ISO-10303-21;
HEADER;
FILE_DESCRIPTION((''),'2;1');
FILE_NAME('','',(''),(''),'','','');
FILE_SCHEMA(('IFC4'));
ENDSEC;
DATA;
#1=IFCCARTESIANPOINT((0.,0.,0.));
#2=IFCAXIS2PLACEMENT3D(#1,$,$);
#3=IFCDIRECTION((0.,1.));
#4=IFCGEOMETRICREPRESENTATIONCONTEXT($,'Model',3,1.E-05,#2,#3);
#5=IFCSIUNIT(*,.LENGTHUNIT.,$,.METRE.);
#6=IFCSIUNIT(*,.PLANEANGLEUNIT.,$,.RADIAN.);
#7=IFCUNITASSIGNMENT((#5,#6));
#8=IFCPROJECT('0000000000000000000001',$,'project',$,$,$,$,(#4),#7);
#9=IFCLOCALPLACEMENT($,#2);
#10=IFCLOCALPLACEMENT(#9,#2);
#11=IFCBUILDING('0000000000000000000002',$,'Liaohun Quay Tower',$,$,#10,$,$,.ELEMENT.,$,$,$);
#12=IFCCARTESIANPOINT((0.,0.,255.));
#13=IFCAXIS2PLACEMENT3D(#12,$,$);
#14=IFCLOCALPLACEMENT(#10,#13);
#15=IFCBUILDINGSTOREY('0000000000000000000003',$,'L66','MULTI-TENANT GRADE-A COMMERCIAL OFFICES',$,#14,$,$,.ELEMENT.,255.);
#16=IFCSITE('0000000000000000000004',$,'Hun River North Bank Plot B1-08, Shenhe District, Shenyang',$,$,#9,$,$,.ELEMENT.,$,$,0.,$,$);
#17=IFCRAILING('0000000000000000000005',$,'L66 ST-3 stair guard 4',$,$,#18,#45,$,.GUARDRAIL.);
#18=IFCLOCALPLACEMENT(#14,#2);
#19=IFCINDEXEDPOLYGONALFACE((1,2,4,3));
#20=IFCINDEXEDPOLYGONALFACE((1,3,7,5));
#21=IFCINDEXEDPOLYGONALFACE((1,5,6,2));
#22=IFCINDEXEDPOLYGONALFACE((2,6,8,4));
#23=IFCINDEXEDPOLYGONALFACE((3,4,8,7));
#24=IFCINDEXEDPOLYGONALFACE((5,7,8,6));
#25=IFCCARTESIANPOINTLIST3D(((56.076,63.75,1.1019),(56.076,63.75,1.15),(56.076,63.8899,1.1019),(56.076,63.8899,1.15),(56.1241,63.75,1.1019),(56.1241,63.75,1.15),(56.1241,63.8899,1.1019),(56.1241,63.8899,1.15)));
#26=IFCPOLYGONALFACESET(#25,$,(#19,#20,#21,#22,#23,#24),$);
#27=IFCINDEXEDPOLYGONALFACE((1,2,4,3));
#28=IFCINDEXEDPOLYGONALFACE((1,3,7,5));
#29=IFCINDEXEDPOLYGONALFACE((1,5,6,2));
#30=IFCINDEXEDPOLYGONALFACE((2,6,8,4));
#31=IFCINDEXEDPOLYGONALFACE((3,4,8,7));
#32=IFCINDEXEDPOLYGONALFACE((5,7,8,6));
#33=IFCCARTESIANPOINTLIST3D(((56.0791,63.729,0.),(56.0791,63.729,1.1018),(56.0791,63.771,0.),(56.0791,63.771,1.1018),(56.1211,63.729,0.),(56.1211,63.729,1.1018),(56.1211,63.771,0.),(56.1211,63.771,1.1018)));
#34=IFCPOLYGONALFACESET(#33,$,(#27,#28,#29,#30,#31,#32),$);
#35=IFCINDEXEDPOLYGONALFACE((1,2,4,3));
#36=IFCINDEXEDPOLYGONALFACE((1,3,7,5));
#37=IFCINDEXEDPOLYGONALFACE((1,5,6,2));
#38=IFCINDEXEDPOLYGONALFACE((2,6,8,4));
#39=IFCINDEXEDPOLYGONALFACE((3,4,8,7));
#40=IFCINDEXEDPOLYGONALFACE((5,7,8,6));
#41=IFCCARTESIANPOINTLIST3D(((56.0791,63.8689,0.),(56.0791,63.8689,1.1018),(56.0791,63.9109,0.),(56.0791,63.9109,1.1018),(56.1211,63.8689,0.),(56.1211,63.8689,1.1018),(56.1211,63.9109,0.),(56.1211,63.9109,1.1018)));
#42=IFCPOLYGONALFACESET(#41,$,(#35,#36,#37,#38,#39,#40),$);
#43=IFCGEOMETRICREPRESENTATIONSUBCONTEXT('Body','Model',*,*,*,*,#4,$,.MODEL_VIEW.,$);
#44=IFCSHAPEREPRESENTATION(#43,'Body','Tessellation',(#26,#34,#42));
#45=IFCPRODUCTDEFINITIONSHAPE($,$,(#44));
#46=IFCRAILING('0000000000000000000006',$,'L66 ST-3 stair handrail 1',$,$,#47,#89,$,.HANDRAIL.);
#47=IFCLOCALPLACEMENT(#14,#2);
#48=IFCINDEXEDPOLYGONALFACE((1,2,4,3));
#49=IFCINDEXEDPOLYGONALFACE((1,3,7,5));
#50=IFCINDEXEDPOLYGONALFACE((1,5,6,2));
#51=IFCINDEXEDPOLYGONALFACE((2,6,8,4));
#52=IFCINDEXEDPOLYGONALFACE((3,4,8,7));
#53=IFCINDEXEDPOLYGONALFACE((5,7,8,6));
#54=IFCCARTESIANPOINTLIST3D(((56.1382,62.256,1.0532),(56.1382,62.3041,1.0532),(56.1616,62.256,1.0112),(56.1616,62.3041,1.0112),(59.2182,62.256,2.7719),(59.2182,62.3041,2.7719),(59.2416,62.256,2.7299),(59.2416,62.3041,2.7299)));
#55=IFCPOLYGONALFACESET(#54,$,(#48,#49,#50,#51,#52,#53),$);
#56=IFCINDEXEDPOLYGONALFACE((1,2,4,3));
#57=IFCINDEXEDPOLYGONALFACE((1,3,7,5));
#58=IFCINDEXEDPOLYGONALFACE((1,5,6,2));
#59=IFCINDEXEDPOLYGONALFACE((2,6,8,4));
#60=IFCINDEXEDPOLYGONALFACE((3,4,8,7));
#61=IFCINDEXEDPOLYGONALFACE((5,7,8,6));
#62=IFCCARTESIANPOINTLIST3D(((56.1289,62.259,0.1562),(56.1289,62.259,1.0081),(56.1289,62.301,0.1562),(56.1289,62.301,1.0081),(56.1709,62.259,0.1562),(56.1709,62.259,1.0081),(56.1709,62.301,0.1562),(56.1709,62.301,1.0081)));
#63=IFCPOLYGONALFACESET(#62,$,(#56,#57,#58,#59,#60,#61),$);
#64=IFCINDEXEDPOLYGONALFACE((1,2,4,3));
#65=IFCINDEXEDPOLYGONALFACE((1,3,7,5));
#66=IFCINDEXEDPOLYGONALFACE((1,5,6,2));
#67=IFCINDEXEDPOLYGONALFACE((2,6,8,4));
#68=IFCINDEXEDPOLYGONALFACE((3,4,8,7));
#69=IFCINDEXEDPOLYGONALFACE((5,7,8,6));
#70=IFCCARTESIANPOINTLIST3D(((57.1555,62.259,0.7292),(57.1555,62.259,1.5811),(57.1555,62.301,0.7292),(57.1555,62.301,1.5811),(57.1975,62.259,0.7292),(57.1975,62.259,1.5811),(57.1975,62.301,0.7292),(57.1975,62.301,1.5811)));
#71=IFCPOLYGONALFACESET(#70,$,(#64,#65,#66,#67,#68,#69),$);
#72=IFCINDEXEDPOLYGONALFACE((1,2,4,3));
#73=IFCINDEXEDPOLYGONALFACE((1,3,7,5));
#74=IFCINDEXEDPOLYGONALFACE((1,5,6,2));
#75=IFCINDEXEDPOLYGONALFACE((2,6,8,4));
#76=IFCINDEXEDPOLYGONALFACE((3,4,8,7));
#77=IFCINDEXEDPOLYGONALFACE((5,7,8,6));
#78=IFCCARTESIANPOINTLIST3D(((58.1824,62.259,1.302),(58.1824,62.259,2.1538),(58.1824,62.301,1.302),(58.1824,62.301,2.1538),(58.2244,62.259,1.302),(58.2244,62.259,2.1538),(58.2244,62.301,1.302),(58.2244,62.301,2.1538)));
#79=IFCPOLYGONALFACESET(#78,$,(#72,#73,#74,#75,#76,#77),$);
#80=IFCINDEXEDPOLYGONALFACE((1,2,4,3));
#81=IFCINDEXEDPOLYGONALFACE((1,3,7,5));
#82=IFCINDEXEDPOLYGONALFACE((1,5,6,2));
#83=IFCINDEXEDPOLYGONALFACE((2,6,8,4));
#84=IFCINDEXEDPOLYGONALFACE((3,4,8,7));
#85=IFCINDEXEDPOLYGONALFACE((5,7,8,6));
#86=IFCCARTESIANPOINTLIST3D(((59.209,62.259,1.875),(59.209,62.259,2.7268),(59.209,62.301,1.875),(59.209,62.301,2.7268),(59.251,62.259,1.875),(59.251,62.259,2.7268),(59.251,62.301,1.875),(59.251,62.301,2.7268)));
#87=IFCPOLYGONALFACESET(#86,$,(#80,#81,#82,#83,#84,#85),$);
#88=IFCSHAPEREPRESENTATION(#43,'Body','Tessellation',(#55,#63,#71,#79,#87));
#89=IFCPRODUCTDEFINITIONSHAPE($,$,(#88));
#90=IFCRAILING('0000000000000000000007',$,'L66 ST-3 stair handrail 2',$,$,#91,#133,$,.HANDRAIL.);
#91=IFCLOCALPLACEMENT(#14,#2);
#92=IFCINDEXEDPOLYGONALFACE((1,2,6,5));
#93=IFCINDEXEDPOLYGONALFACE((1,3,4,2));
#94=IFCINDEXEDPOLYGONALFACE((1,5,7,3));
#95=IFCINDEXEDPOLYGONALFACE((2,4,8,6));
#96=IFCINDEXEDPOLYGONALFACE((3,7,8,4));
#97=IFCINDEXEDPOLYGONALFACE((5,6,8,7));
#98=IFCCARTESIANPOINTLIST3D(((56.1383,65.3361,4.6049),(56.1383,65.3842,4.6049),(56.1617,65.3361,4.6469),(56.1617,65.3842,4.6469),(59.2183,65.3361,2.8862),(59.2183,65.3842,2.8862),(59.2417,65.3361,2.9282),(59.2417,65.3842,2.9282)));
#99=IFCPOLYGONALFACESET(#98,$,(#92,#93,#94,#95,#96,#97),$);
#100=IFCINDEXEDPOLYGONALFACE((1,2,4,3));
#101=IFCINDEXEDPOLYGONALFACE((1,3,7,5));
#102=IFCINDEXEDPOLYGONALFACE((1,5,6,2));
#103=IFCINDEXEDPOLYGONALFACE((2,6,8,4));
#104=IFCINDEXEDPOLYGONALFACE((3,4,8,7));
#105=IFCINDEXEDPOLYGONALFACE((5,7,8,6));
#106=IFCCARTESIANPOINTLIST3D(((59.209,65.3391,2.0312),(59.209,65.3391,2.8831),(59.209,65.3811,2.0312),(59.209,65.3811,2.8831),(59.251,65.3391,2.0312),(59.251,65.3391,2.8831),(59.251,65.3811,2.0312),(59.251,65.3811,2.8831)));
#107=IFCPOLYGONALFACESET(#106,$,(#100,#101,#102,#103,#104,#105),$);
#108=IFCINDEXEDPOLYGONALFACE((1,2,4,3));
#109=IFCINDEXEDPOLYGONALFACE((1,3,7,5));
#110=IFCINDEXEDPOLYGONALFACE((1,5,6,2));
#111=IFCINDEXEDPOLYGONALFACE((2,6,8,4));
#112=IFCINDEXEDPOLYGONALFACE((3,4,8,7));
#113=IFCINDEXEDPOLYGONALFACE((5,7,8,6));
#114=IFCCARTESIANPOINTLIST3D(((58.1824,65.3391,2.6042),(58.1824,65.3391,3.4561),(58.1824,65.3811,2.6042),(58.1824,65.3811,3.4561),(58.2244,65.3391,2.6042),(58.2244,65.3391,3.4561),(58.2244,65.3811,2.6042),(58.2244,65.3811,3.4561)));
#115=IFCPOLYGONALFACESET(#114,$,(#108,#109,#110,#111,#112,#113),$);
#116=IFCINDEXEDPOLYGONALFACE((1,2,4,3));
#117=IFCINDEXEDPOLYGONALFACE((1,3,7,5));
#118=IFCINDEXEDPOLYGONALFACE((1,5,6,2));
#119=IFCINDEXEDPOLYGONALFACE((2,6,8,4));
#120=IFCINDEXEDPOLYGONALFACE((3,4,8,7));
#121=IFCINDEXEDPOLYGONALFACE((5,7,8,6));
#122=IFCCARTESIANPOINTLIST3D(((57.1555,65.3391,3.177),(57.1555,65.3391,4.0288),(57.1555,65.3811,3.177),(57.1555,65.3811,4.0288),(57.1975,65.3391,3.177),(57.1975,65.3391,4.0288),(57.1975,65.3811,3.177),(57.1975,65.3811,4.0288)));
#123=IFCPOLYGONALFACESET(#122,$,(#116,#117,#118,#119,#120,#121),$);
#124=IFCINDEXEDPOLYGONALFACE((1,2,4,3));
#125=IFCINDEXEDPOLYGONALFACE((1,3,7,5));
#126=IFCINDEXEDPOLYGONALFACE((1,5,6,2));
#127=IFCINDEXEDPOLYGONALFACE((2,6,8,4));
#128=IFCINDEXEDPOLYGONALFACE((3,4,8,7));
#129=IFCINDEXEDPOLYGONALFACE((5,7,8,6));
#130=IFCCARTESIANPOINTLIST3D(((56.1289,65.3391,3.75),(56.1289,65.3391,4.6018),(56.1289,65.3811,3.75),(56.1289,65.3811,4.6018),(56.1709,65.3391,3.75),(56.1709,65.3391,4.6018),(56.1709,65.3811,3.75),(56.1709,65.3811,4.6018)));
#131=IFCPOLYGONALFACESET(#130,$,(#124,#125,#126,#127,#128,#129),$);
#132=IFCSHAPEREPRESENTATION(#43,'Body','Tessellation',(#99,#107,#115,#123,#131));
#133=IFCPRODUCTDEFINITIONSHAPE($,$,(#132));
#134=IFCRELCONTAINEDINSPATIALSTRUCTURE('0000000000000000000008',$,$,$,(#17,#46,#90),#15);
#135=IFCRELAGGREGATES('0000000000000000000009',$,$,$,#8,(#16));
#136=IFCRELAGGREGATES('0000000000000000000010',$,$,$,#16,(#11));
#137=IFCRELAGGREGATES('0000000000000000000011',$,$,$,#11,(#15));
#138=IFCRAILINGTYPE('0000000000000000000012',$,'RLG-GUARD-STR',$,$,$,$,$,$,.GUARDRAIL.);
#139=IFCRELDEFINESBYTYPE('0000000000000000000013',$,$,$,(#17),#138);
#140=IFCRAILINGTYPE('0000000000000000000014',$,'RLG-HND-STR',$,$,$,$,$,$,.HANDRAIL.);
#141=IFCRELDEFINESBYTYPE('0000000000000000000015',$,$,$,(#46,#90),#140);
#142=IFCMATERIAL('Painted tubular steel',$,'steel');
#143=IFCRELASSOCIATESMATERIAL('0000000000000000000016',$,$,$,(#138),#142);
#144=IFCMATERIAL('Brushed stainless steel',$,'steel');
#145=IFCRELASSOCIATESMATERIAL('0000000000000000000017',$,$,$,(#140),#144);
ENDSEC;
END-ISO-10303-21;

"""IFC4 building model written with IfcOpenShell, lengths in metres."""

from ifc_helpers import new_model, si_unit, direction, frame, origin, origin_2d, place, context, subcontext, project, spatial, rectangle, extrude, material, type_object, element, save


model = new_model("IFC4")

# Units and contexts
model_context = context("Model", 3, precision=1e-05, world=origin(), true_north=direction((0.0, 1.0)))
body_context = subcontext(model_context, "Body", "Model", "MODEL_VIEW")
ifc_project = project(units=[si_unit("LENGTHUNIT", "METRE"), si_unit("PLANEANGLEUNIT", "RADIAN")], contexts=[model_context])

# Site, building, storey
site_placement = place(None, origin())
site = spatial("IfcSite", under=ifc_project, at=site_placement, Name="Hun River North Bank Plot B1-08, Shenhe District, Shenyang", CompositionType="ELEMENT", RefElevation=0.0)
building_placement = place(site_placement, origin())
building = spatial("IfcBuilding", under=site, at=building_placement, Name="Liaohun Quay Tower", CompositionType="ELEMENT")
storey_placement = place(building_placement, frame((0.0, 0.0, 255.0)))
storey = spatial("IfcBuildingStorey", under=building, at=storey_placement, Name="L66", Description="MULTI-TENANT GRADE-A COMMERCIAL OFFICES", CompositionType="ELEMENT", Elevation=255.0)

# Railings
ifc_material_1 = material(Name="Painted tubular steel", Category="steel")
railing_type_1 = type_object("IfcRailingType", Name="RLG-GUARD-STR", PredefinedType="GUARDRAIL", material=ifc_material_1)
railing_1_placement = place(storey_placement, frame((56.1001, 63.75, 0.0)))
element("IfcRailing", 1, at=railing_1_placement, inside=storey, type_object=railing_type_1, Name="L66 ST-3 stair guard 4", PredefinedType="GUARDRAIL", context=body_context, shape_type="SweptSolid", body=[
    extrude(rectangle(XDim=0.0481, YDim=0.0481, at=origin_2d()), frame((0.0, 0.0, 1.126), z_axis=(0.0, 1.0, 0.0), x_axis=(-1.0, 0.0, 0.0)), (0.0, 0.0, 1.0), 0.1399),
    extrude(rectangle(XDim=0.042, YDim=0.042, at=origin_2d()), origin(), (0.0, 0.0, 1.0), 1.1018),
    extrude(rectangle(XDim=0.042, YDim=0.042, at=origin_2d()), frame((0.0, 0.1399, 0.0)), (0.0, 0.0, 1.0), 1.1018),
])
ifc_material_2 = material(Name="Brushed stainless steel", Category="steel")
railing_type_2 = type_object("IfcRailingType", Name="RLG-HND-STR", PredefinedType="HANDRAIL", material=ifc_material_2)
railing_2_placement = place(storey_placement, frame((56.1499, 62.28, 0.1562)))
element("IfcRailing", 2, at=railing_2_placement, inside=storey, type_object=railing_type_2, Name="L66 ST-3 stair handrail 1", PredefinedType="HANDRAIL", context=body_context, shape_type="SweptSolid", body=[
    extrude(rectangle(XDim=0.0481, YDim=0.0481, at=origin_2d()), frame((0.0, 0.0, 0.876), z_axis=(0.873242, 0.0, 0.487288), x_axis=(0.0, 1.0, 0.0)), (0.0, 0.0, 1.0), 3.5271),
    extrude(rectangle(XDim=0.042, YDim=0.042, at=origin_2d()), origin(), (0.0, 0.0, 1.0), 0.8518),
    extrude(rectangle(XDim=0.042, YDim=0.042, at=origin_2d()), frame((1.0266, 0.0, 0.573)), (0.0, 0.0, 1.0), 0.8518),
    extrude(rectangle(XDim=0.042, YDim=0.042, at=origin_2d()), frame((2.0535, 0.0, 1.1458)), (0.0, 0.0, 1.0), 0.8518),
    extrude(rectangle(XDim=0.042, YDim=0.042, at=origin_2d()), frame((3.0801, 0.0, 1.7188)), (0.0, 0.0, 1.0), 0.8518),
])
railing_3_placement = place(storey_placement, frame((59.23, 65.3601, 2.0312)))
element("IfcRailing", 3, at=railing_3_placement, inside=storey, type_object=railing_type_2, Name="L66 ST-3 stair handrail 2", PredefinedType="HANDRAIL", context=body_context, shape_type="SweptSolid", body=[
    extrude(rectangle(XDim=0.0481, YDim=0.0481, at=origin_2d()), frame((0.0, 0.0, 0.876), z_axis=(-0.873242, 0.0, 0.487288), x_axis=(0.0, -1.0, 0.0)), (0.0, 0.0, 1.0), 3.5271),
    extrude(rectangle(XDim=0.042, YDim=0.042, at=origin_2d()), origin(), (0.0, 0.0, 1.0), 0.8518),
    extrude(rectangle(XDim=0.042, YDim=0.042, at=origin_2d()), frame((-1.0266, 0.0, 0.573)), (0.0, 0.0, 1.0), 0.8518),
    extrude(rectangle(XDim=0.042, YDim=0.042, at=origin_2d()), frame((-2.0535, 0.0, 1.1458)), (0.0, 0.0, 1.0), 0.8518),
    extrude(rectangle(XDim=0.042, YDim=0.042, at=origin_2d()), frame((-3.0801, 0.0, 1.7188)), (0.0, 0.0, 1.0), 0.8518),
])

save(model, "model.ifc")
